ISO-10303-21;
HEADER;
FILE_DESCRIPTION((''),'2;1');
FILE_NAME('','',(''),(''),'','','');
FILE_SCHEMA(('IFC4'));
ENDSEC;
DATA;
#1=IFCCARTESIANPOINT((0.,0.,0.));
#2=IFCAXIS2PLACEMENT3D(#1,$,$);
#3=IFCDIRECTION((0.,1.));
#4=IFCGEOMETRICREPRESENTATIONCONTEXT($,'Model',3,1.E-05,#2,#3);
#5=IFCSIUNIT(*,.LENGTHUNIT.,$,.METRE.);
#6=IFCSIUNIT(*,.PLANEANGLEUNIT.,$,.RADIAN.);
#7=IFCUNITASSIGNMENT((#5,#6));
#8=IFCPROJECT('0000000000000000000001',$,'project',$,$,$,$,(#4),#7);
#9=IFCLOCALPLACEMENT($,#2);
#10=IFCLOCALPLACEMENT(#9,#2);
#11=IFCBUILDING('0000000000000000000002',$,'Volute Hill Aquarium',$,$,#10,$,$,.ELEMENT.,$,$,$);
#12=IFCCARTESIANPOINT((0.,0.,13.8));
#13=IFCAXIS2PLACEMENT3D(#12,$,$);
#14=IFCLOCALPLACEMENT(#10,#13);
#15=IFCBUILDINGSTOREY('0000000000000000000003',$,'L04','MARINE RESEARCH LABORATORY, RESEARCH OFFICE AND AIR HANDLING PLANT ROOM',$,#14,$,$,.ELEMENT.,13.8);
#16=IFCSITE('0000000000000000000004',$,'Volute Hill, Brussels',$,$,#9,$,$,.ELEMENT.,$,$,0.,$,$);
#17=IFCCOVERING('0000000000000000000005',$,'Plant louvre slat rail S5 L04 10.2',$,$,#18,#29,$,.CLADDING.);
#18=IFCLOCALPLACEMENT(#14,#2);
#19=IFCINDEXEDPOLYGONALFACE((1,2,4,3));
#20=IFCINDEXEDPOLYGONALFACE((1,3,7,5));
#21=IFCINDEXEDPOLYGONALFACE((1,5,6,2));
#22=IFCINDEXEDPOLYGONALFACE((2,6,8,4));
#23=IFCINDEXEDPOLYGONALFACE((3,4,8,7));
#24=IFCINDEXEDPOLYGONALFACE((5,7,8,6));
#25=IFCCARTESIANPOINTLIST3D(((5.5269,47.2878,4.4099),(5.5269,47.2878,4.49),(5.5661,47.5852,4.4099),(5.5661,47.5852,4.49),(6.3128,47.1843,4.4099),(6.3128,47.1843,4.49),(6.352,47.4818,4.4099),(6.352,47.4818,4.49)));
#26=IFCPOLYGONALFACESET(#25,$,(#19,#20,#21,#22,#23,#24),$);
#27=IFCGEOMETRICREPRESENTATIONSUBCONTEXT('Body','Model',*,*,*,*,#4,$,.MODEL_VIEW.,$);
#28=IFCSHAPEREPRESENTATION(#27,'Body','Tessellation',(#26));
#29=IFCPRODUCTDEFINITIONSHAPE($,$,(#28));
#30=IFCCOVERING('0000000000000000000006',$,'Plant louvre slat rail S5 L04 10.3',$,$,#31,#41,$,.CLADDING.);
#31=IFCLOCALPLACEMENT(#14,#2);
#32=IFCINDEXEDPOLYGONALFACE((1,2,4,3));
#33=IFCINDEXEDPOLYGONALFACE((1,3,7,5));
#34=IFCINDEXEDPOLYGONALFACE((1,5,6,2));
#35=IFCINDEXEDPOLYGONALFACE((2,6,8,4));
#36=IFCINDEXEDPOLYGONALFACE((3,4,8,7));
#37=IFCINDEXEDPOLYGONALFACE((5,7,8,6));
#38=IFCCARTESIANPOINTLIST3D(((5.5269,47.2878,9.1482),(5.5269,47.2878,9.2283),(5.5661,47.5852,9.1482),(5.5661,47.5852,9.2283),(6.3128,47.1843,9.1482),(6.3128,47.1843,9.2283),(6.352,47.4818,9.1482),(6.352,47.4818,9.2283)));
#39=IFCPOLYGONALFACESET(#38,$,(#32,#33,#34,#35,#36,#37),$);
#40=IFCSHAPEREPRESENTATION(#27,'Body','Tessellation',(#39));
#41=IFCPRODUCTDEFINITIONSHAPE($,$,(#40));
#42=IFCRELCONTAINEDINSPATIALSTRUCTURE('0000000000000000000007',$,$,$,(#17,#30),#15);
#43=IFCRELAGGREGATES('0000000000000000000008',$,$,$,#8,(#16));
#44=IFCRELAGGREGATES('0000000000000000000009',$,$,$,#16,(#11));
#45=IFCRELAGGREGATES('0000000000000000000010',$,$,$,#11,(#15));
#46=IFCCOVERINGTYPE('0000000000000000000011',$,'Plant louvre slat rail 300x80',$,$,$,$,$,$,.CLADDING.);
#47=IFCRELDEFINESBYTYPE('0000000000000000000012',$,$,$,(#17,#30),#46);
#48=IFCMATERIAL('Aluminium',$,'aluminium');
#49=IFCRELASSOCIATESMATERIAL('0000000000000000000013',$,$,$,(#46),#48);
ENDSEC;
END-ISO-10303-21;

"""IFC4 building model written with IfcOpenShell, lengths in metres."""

from ifc_helpers import new_model, si_unit, direction, frame, origin, origin_2d, place, context, subcontext, project, spatial, rectangle, extrude, material, type_object, element, save


model = new_model("IFC4")

# Units and contexts
model_context = context("Model", 3, precision=1e-05, world=origin(), true_north=direction((0.0, 1.0)))
body_context = subcontext(model_context, "Body", "Model", "MODEL_VIEW")
ifc_project = project(units=[si_unit("LENGTHUNIT", "METRE"), si_unit("PLANEANGLEUNIT", "RADIAN")], contexts=[model_context])

# Site, building, storey
site_placement = place(None, origin())
site = spatial("IfcSite", under=ifc_project, at=site_placement, Name="Volute Hill, Brussels", CompositionType="ELEMENT", RefElevation=0.0)
building_placement = place(site_placement, origin())
building = spatial("IfcBuilding", under=site, at=building_placement, Name="Volute Hill Aquarium", CompositionType="ELEMENT")
storey_placement = place(building_placement, frame((0.0, 0.0, 13.8)))
storey = spatial("IfcBuildingStorey", under=building, at=storey_placement, Name="L04", Description="MARINE RESEARCH LABORATORY, RESEARCH OFFICE AND AIR HANDLING PLANT ROOM", CompositionType="ELEMENT", Elevation=13.8)

# Coverings
ifc_material_1 = material(Name="Aluminium", Category="aluminium")
covering_type_1 = type_object("IfcCoveringType", Name="Plant louvre slat rail 300x80", PredefinedType="CLADDING", material=ifc_material_1)
for number, where, z_axis, x_axis, name in (
    (1, (5.9395, 47.3848, 4.4099), (0.0, 0.0, 1.0), (-0.991443, 0.130544, 0.0), "Plant louvre slat rail S5 L04 10.2"),
    (2, (5.9395, 47.3848, 9.1482), (0.0, 0.0, 1.0), (-0.991443, 0.130544, 0.0), "Plant louvre slat rail S5 L04 10.3"),
):
    element("IfcCovering", number, at=place(storey_placement, frame(where, z_axis=z_axis, x_axis=x_axis)), inside=storey, type_object=covering_type_1, Name=name, PredefinedType="CLADDING", context=body_context, shape_type="SweptSolid", body=[
        extrude(rectangle(XDim=0.7927, YDim=0.3, at=origin_2d()), origin(), (0.0, 0.0, 1.0), 0.0801),
    ])

save(model, "model.ifc")
